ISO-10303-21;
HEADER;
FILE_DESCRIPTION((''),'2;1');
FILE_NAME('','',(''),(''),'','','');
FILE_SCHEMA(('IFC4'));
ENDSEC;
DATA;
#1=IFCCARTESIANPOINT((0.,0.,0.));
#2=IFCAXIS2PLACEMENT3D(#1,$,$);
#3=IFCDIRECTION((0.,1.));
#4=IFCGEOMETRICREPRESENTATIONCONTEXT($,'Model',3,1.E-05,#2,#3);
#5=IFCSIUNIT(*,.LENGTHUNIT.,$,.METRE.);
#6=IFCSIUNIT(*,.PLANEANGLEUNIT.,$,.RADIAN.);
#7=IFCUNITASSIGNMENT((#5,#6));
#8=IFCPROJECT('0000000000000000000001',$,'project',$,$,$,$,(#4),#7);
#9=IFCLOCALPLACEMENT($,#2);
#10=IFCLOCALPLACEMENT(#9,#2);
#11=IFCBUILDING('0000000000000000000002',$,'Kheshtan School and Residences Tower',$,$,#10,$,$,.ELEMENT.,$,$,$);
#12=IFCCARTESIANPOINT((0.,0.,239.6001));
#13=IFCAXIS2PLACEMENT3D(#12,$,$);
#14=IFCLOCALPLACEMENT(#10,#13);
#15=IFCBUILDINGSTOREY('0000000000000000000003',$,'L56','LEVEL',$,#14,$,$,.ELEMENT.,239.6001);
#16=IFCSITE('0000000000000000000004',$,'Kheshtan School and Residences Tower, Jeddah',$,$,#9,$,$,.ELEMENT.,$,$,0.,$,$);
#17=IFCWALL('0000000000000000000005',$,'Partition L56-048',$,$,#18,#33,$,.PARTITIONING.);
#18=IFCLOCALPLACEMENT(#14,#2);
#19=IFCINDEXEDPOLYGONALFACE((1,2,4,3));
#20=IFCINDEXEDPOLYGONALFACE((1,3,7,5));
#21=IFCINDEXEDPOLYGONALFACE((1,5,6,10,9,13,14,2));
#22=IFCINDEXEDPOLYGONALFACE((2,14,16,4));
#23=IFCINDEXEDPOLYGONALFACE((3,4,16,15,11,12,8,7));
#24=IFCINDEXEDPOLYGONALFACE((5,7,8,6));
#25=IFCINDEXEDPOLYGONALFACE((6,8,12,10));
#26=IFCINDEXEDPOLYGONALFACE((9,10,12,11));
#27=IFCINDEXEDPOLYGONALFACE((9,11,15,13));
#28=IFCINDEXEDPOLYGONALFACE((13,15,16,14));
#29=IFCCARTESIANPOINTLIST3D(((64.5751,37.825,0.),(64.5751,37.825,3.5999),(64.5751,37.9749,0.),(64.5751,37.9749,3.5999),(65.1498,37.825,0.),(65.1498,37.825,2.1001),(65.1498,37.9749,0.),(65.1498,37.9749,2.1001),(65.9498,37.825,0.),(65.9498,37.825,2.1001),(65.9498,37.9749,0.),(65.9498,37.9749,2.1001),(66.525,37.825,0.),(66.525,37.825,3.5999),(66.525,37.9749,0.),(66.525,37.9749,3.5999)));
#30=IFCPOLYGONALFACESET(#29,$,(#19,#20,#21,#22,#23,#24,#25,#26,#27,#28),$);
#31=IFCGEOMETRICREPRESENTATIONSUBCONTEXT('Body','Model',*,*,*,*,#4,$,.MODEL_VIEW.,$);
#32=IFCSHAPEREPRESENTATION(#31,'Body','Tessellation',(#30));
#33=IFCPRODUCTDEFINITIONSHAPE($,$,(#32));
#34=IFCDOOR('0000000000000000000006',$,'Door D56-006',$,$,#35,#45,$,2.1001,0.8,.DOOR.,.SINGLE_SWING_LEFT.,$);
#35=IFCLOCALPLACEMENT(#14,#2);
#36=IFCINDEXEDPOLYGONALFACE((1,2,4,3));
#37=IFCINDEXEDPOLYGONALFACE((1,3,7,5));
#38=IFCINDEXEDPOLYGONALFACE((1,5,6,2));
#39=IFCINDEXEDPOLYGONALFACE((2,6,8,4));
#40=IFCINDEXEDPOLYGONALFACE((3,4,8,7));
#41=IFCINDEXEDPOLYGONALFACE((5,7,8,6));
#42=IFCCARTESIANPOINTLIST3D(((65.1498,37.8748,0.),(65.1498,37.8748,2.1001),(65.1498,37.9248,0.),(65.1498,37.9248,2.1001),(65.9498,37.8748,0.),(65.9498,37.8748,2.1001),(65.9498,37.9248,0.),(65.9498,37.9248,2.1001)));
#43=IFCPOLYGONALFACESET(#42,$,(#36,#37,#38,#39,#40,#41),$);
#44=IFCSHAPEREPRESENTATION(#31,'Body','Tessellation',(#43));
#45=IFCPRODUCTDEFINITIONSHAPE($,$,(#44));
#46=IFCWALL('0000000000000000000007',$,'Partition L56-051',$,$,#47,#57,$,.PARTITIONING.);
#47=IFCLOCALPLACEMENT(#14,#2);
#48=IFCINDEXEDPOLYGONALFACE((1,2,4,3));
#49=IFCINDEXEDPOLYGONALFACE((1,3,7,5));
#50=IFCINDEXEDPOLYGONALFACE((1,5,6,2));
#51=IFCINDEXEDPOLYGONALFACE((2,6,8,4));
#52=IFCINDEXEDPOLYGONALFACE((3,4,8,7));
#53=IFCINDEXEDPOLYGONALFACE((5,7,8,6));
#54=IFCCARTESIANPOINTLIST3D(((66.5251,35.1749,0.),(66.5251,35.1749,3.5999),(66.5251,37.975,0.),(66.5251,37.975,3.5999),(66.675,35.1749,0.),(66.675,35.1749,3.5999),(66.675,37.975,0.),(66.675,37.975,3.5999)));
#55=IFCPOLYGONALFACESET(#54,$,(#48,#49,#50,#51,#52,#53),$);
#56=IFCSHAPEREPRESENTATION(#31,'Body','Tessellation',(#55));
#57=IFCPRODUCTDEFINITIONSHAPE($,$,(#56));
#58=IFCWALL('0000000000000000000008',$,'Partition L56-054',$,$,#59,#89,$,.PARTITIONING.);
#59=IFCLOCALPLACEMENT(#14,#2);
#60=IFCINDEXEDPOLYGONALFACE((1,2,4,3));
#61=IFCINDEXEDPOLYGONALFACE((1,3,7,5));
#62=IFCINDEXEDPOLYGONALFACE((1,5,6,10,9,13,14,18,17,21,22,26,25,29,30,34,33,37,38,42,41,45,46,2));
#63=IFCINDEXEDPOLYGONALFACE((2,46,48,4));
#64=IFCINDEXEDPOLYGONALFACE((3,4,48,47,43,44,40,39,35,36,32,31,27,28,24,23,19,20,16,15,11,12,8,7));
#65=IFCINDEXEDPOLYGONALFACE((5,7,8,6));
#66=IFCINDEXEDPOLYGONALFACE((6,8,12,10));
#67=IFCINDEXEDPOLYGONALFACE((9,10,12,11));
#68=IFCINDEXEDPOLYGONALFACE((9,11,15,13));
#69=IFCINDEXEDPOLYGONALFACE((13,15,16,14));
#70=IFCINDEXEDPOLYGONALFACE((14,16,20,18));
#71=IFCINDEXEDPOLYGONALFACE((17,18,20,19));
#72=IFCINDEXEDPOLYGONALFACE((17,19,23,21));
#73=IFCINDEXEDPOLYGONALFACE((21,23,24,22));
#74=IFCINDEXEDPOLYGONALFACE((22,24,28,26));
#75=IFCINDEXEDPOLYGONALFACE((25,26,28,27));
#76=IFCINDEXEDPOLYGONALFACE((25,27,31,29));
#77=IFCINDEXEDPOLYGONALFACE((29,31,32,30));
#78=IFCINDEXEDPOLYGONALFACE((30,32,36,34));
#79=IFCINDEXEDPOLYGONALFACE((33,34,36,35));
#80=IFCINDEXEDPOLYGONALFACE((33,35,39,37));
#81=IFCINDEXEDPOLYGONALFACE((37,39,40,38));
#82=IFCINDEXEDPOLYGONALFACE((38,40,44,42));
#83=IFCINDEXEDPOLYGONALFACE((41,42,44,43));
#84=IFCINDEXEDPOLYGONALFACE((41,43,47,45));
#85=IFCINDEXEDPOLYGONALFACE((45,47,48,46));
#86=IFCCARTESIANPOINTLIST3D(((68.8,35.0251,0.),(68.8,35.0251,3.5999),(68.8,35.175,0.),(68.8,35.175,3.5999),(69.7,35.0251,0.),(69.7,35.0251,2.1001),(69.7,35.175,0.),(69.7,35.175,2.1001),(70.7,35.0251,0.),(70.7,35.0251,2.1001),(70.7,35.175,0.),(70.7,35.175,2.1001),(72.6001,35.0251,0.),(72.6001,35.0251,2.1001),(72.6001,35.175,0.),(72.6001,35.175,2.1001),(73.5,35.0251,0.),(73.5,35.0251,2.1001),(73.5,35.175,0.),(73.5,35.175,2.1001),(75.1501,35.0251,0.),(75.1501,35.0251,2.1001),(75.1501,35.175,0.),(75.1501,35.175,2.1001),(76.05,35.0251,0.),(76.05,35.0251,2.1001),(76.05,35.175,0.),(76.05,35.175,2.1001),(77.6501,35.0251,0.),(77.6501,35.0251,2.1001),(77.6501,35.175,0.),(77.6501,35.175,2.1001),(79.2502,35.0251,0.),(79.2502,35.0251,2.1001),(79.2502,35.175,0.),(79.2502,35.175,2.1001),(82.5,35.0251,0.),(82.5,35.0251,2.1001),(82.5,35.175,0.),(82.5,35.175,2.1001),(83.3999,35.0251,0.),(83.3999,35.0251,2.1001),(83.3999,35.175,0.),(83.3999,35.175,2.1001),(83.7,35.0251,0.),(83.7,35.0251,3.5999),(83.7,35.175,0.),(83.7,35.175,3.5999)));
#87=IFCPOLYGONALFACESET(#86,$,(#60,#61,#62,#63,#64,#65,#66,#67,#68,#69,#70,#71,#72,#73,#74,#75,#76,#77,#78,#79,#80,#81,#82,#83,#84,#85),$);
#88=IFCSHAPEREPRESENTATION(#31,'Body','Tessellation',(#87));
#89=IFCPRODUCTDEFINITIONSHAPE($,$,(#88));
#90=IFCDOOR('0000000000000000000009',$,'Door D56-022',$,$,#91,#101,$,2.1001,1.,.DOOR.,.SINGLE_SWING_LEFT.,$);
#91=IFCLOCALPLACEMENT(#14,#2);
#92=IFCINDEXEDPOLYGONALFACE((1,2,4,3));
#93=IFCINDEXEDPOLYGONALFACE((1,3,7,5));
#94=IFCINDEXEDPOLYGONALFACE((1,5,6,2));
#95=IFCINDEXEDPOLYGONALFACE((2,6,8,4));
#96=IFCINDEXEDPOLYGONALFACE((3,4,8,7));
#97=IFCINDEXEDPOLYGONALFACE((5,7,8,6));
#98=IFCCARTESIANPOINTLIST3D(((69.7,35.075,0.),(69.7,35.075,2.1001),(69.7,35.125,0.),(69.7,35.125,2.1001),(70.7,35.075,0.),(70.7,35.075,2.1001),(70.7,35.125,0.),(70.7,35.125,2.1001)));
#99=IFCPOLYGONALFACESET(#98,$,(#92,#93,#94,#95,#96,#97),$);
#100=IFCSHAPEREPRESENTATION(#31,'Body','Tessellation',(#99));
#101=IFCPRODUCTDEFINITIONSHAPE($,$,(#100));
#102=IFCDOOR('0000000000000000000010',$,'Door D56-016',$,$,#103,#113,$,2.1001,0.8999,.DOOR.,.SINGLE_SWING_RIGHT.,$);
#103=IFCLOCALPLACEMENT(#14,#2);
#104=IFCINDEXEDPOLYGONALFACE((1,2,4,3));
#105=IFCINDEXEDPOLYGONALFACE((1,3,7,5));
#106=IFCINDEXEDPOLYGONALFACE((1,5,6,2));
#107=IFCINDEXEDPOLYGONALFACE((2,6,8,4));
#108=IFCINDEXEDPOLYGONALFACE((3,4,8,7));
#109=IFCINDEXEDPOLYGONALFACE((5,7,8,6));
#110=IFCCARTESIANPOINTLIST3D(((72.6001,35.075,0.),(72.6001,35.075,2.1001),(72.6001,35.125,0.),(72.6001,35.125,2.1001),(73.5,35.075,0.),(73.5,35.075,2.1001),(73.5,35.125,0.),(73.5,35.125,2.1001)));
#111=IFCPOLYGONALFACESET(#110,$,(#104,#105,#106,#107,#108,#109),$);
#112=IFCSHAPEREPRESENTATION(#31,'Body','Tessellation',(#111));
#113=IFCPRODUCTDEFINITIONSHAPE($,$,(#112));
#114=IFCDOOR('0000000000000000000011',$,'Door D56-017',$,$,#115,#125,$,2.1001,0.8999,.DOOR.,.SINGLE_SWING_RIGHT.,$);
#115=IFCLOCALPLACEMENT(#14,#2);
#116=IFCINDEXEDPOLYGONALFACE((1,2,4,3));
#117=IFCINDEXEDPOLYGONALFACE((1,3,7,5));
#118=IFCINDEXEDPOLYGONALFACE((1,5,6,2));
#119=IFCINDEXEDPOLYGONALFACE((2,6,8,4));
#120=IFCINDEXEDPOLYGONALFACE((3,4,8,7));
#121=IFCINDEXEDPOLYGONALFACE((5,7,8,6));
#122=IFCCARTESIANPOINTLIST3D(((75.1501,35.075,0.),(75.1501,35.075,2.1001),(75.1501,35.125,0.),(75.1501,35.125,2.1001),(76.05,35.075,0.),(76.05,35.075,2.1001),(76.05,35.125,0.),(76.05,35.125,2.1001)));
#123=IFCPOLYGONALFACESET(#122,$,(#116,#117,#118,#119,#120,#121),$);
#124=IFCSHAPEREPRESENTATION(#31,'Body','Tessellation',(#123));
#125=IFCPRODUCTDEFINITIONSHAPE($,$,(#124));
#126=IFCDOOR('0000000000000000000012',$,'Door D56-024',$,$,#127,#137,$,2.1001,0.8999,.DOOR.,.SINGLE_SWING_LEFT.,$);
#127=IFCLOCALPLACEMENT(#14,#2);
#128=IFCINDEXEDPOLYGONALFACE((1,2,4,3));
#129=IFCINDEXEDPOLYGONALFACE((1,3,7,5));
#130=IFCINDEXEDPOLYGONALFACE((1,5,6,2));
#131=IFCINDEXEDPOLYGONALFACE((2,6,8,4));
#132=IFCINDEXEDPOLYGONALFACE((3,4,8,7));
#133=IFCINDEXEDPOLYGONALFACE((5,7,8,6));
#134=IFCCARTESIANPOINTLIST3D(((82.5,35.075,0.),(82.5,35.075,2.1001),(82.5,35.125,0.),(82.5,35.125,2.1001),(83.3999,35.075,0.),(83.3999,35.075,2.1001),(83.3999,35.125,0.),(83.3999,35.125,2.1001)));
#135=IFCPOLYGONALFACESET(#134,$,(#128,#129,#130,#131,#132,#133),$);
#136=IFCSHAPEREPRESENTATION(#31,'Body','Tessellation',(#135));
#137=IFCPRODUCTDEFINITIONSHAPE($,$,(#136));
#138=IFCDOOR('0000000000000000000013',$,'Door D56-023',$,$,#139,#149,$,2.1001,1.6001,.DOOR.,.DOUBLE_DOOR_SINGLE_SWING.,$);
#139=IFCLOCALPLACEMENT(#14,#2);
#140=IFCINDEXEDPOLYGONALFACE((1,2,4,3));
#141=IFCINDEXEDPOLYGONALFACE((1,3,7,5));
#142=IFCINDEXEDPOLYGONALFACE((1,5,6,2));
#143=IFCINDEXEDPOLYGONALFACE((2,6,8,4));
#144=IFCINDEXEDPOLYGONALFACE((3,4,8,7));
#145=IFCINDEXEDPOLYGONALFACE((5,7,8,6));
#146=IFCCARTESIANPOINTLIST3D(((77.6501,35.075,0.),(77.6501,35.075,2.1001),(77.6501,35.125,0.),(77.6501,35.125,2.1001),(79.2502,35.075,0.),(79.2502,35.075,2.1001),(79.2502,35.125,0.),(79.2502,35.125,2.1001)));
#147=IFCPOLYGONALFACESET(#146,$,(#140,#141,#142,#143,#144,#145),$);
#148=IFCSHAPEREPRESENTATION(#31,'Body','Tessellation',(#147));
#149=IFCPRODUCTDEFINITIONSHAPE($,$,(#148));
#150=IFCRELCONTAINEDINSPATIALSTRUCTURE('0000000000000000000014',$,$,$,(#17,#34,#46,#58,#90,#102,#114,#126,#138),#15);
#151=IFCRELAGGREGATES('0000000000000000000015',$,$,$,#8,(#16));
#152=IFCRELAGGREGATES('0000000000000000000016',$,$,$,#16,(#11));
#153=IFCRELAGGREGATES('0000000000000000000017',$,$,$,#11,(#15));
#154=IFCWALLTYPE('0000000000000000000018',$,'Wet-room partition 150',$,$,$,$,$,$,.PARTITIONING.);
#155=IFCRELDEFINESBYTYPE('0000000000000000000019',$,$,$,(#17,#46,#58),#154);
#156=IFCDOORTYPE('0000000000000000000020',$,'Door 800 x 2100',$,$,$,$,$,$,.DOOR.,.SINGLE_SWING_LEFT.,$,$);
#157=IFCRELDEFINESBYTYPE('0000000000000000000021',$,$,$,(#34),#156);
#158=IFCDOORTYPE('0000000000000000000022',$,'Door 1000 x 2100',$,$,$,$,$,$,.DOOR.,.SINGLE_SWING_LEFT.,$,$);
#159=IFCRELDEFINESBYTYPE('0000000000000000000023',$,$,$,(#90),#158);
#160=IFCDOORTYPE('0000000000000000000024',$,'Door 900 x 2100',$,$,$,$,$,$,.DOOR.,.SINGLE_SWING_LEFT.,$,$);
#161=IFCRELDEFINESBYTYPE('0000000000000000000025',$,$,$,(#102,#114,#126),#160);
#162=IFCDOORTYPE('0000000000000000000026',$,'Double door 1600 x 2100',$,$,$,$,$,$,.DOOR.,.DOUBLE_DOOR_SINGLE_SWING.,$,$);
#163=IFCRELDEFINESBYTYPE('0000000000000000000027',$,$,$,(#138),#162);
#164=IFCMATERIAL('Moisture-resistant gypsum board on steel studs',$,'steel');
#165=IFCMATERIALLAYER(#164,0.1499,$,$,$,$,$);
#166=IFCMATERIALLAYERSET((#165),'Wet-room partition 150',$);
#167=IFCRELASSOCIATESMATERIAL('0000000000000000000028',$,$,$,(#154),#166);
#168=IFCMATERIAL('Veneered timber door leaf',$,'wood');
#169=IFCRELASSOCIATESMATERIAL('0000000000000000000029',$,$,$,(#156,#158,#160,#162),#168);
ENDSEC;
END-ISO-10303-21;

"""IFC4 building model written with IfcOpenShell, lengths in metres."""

from ifc_helpers import new_model, si_unit, direction, frame, frame_2d, origin, place, context, subcontext, project, spatial, rectangle, extrude, source, transform, mapped, material, layer, layer_set, type_object, element, fill, save


model = new_model("IFC4")

# Units and contexts
model_context = context("Model", 3, precision=1e-05, world=origin(), true_north=direction((0.0, 1.0)))
body_context = subcontext(model_context, "Body", "Model", "MODEL_VIEW")
ifc_project = project(units=[si_unit("LENGTHUNIT", "METRE"), si_unit("PLANEANGLEUNIT", "RADIAN")], contexts=[model_context])

# Site, building, storey
site_placement = place(None, origin())
site = spatial("IfcSite", under=ifc_project, at=site_placement, Name="Kheshtan School and Residences Tower, Jeddah", CompositionType="ELEMENT", RefElevation=0.0)
building_placement = place(site_placement, origin())
building = spatial("IfcBuilding", under=site, at=building_placement, Name="Kheshtan School and Residences Tower", CompositionType="ELEMENT")
storey_placement = place(building_placement, frame((0.0, 0.0, 239.6001)))
storey = spatial("IfcBuildingStorey", under=building, at=storey_placement, Name="L56", Description="LEVEL", CompositionType="ELEMENT", Elevation=239.6001)

# Shared definitions
ifc_material_1 = material(Name="Moisture-resistant gypsum board on steel studs", Category="steel")
ifc_layer_1 = layer(ifc_material_1, 0.1499)
ifc_layer_set_1 = layer_set([ifc_layer_1], Name="Wet-room partition 150")
wall_type_1 = type_object("IfcWallType", Name="Wet-room partition 150", PredefinedType="PARTITIONING", material=ifc_layer_set_1)

# Wall, opening, door
wall_1_placement = place(storey_placement, frame((64.575, 37.8999, 0.0), z_axis=(0.0, 0.0, 1.0), x_axis=(1.0, 0.0, 0.0)))
wall_1 = element("IfcWall", 1, at=wall_1_placement, inside=storey, type_object=wall_type_1, Name="Partition L56-048", PredefinedType="PARTITIONING", context=body_context, shape_type="SweptSolid", body=[
    extrude(rectangle(XDim=1.95, YDim=0.1499, at=frame_2d((0.9751, 0.0))), origin(), (0.0, 0.0, 1.0), 3.5999),
])
opening_1_placement = place(wall_1_placement, frame((0.575, 0.0, 0.0)))
opening_1 = element("IfcOpeningElement", 2, at=opening_1_placement, cuts=wall_1, PredefinedType="OPENING", context=body_context, shape_type="SweptSolid", body=[
    extrude(rectangle(XDim=0.8, YDim=2.1001, at=frame_2d((0.3999, 1.05))), frame((0.0, 0.085, 0.0), z_axis=(0.0, -1.0, 0.0), x_axis=(1.0, 0.0, 0.0)), (0.0, 0.0, 1.0), 0.1699),
])
ifc_material_2 = material(Name="Veneered timber door leaf", Category="wood")
door_type_1 = type_object("IfcDoorType", Name="Door 800 x 2100", OperationType="SINGLE_SWING_LEFT", PredefinedType="DOOR", material=ifc_material_2)
shared_shape_1 = source(origin(), body_context, "Body", "SweptSolid", [
    extrude(rectangle(XDim=0.8, YDim=2.1001, at=frame_2d((0.3999, 1.05))), frame((0.0, 0.0249, 0.0), z_axis=(0.0, -1.0, 0.0), x_axis=(1.0, 0.0, 0.0)), (0.0, 0.0, 1.0), 0.05),
])
door_1_placement = place(opening_1_placement, origin())
door_1 = element("IfcDoor", 3, at=door_1_placement, inside=storey, type_object=door_type_1, Name="Door D56-006", OperationType="SINGLE_SWING_LEFT", OverallHeight=2.1001, OverallWidth=0.8, PredefinedType="DOOR", context=body_context, shape_type="MappedRepresentation", body=[
    mapped(shared_shape_1, transform((0.0, 0.0, 0.0), x_axis=(1.0, 0.0, 0.0), y_axis=(0.0, 1.0, 0.0), z_axis=(0.0, 0.0, 1.0), scale=1.0)),
])
fill(opening_1, door_1)

# Wall
wall_2_placement = place(storey_placement, frame((66.6001, 35.175, 0.0), z_axis=(0.0, 0.0, 1.0), x_axis=(0.0, 1.0, 0.0)))
element("IfcWall", 4, at=wall_2_placement, inside=storey, type_object=wall_type_1, Name="Partition L56-051", PredefinedType="PARTITIONING", context=body_context, shape_type="SweptSolid", body=[
    extrude(rectangle(XDim=2.8, YDim=0.1499, at=frame_2d((1.3999, 0.0))), origin(), (0.0, 0.0, 1.0), 3.5999),
])

# Wall, openings, doors
wall_3_placement = place(storey_placement, frame((68.8, 35.1001, 0.0), z_axis=(0.0, 0.0, 1.0), x_axis=(1.0, 0.0, 0.0)))
wall_3 = element("IfcWall", 5, at=wall_3_placement, inside=storey, type_object=wall_type_1, Name="Partition L56-054", PredefinedType="PARTITIONING", context=body_context, shape_type="SweptSolid", body=[
    extrude(rectangle(XDim=14.8999, YDim=0.1499, at=frame_2d((7.45, 0.0))), origin(), (0.0, 0.0, 1.0), 3.5999),
])
opening_2_placement = place(wall_3_placement, frame((3.8, 0.0, 0.0)))
opening_2 = element("IfcOpeningElement", 6, at=opening_2_placement, cuts=wall_3, PredefinedType="OPENING", context=body_context, shape_type="SweptSolid", body=[
    extrude(rectangle(XDim=0.8999, YDim=2.1001, at=frame_2d((0.45, 1.05))), frame((0.0, 0.085, 0.0), z_axis=(0.0, -1.0, 0.0), x_axis=(1.0, 0.0, 0.0)), (0.0, 0.0, 1.0), 0.1699),
])
opening_3_placement = place(wall_3_placement, frame((6.3501, 0.0, 0.0)))
opening_3 = element("IfcOpeningElement", 7, at=opening_3_placement, cuts=wall_3, PredefinedType="OPENING", context=body_context, shape_type="SweptSolid", body=[
    extrude(rectangle(XDim=0.8999, YDim=2.1001, at=frame_2d((0.45, 1.05))), frame((0.0, 0.085, 0.0), z_axis=(0.0, -1.0, 0.0), x_axis=(1.0, 0.0, 0.0)), (0.0, 0.0, 1.0), 0.1699),
])
opening_4_placement = place(wall_3_placement, frame((0.8999, 0.0, 0.0)))
opening_4 = element("IfcOpeningElement", 8, at=opening_4_placement, cuts=wall_3, PredefinedType="OPENING", context=body_context, shape_type="SweptSolid", body=[
    extrude(rectangle(XDim=1.0, YDim=2.1001, at=frame_2d((0.5, 1.05))), frame((0.0, 0.085, 0.0), z_axis=(0.0, -1.0, 0.0), x_axis=(1.0, 0.0, 0.0)), (0.0, 0.0, 1.0), 0.1699),
])
opening_5_placement = place(wall_3_placement, frame((8.8501, 0.0, 0.0)))
opening_5 = element("IfcOpeningElement", 9, at=opening_5_placement, cuts=wall_3, PredefinedType="OPENING", context=body_context, shape_type="SweptSolid", body=[
    extrude(rectangle(XDim=1.6001, YDim=2.1001, at=frame_2d((0.8, 1.05))), frame((0.0, 0.085, 0.0), z_axis=(0.0, -1.0, 0.0), x_axis=(1.0, 0.0, 0.0)), (0.0, 0.0, 1.0), 0.1699),
])
opening_6_placement = place(wall_3_placement, frame((13.7, 0.0, 0.0)))
opening_6 = element("IfcOpeningElement", 10, at=opening_6_placement, cuts=wall_3, PredefinedType="OPENING", context=body_context, shape_type="SweptSolid", body=[
    extrude(rectangle(XDim=0.8999, YDim=2.1001, at=frame_2d((0.45, 1.05))), frame((0.0, 0.085, 0.0), z_axis=(0.0, -1.0, 0.0), x_axis=(1.0, 0.0, 0.0)), (0.0, 0.0, 1.0), 0.1699),
])
door_type_2 = type_object("IfcDoorType", Name="Door 1000 x 2100", OperationType="SINGLE_SWING_LEFT", PredefinedType="DOOR", material=ifc_material_2)
shared_shape_2 = source(origin(), body_context, "Body", "SweptSolid", [
    extrude(rectangle(XDim=1.0, YDim=2.1001, at=frame_2d((0.5, 1.05))), frame((0.0, 0.0249, 0.0), z_axis=(0.0, -1.0, 0.0), x_axis=(1.0, 0.0, 0.0)), (0.0, 0.0, 1.0), 0.05),
])
door_2_placement = place(opening_4_placement, origin())
door_2 = element("IfcDoor", 11, at=door_2_placement, inside=storey, type_object=door_type_2, Name="Door D56-022", OperationType="SINGLE_SWING_LEFT", OverallHeight=2.1001, OverallWidth=1.0, PredefinedType="DOOR", context=body_context, shape_type="MappedRepresentation", body=[
    mapped(shared_shape_2, transform((0.0, 0.0, 0.0), x_axis=(1.0, 0.0, 0.0), y_axis=(0.0, 1.0, 0.0), z_axis=(0.0, 0.0, 1.0), scale=1.0)),
])
fill(opening_4, door_2)
door_type_3 = type_object("IfcDoorType", Name="Door 900 x 2100", OperationType="SINGLE_SWING_LEFT", PredefinedType="DOOR", material=ifc_material_2)
shared_shape_3 = source(origin(), body_context, "Body", "SweptSolid", [
    extrude(rectangle(XDim=0.8999, YDim=2.1001, at=frame_2d((0.45, 1.05))), frame((0.0, 0.0249, 0.0), z_axis=(0.0, -1.0, 0.0), x_axis=(1.0, 0.0, 0.0)), (0.0, 0.0, 1.0), 0.05),
])
door_3_placement = place(opening_2_placement, origin())
door_3 = element("IfcDoor", 12, at=door_3_placement, inside=storey, type_object=door_type_3, Name="Door D56-016", OperationType="SINGLE_SWING_RIGHT", OverallHeight=2.1001, OverallWidth=0.8999, PredefinedType="DOOR", context=body_context, shape_type="MappedRepresentation", body=[
    mapped(shared_shape_3, transform((0.0, 0.0, 0.0), x_axis=(1.0, 0.0, 0.0), y_axis=(0.0, 1.0, 0.0), z_axis=(0.0, 0.0, 1.0), scale=1.0)),
])
fill(opening_2, door_3)
door_4_placement = place(opening_3_placement, origin())
door_4 = element("IfcDoor", 13, at=door_4_placement, inside=storey, type_object=door_type_3, Name="Door D56-017", OperationType="SINGLE_SWING_RIGHT", OverallHeight=2.1001, OverallWidth=0.8999, PredefinedType="DOOR", context=body_context, shape_type="MappedRepresentation", body=[
    mapped(shared_shape_3, transform((0.0, 0.0, 0.0), x_axis=(1.0, 0.0, 0.0), y_axis=(0.0, 1.0, 0.0), z_axis=(0.0, 0.0, 1.0), scale=1.0)),
])
fill(opening_3, door_4)
door_5_placement = place(opening_6_placement, origin())
door_5 = element("IfcDoor", 14, at=door_5_placement, inside=storey, type_object=door_type_3, Name="Door D56-024", OperationType="SINGLE_SWING_LEFT", OverallHeight=2.1001, OverallWidth=0.8999, PredefinedType="DOOR", context=body_context, shape_type="MappedRepresentation", body=[
    mapped(shared_shape_3, transform((0.0, 0.0, 0.0), x_axis=(1.0, 0.0, 0.0), y_axis=(0.0, 1.0, 0.0), z_axis=(0.0, 0.0, 1.0), scale=1.0)),
])
fill(opening_6, door_5)
door_type_4 = type_object("IfcDoorType", Name="Double door 1600 x 2100", OperationType="DOUBLE_DOOR_SINGLE_SWING", PredefinedType="DOOR", material=ifc_material_2)
shared_shape_4 = source(origin(), body_context, "Body", "SweptSolid", [
    extrude(rectangle(XDim=1.6001, YDim=2.1001, at=frame_2d((0.8, 1.05))), frame((0.0, 0.0249, 0.0), z_axis=(0.0, -1.0, 0.0), x_axis=(1.0, 0.0, 0.0)), (0.0, 0.0, 1.0), 0.05),
])
door_6_placement = place(opening_5_placement, origin())
door_6 = element("IfcDoor", 15, at=door_6_placement, inside=storey, type_object=door_type_4, Name="Door D56-023", OperationType="DOUBLE_DOOR_SINGLE_SWING", OverallHeight=2.1001, OverallWidth=1.6001, PredefinedType="DOOR", context=body_context, shape_type="MappedRepresentation", body=[
    mapped(shared_shape_4, transform((0.0, 0.0, 0.0), x_axis=(1.0, 0.0, 0.0), y_axis=(0.0, 1.0, 0.0), z_axis=(0.0, 0.0, 1.0), scale=1.0)),
])
fill(opening_5, door_6)

save(model, "model.ifc")
